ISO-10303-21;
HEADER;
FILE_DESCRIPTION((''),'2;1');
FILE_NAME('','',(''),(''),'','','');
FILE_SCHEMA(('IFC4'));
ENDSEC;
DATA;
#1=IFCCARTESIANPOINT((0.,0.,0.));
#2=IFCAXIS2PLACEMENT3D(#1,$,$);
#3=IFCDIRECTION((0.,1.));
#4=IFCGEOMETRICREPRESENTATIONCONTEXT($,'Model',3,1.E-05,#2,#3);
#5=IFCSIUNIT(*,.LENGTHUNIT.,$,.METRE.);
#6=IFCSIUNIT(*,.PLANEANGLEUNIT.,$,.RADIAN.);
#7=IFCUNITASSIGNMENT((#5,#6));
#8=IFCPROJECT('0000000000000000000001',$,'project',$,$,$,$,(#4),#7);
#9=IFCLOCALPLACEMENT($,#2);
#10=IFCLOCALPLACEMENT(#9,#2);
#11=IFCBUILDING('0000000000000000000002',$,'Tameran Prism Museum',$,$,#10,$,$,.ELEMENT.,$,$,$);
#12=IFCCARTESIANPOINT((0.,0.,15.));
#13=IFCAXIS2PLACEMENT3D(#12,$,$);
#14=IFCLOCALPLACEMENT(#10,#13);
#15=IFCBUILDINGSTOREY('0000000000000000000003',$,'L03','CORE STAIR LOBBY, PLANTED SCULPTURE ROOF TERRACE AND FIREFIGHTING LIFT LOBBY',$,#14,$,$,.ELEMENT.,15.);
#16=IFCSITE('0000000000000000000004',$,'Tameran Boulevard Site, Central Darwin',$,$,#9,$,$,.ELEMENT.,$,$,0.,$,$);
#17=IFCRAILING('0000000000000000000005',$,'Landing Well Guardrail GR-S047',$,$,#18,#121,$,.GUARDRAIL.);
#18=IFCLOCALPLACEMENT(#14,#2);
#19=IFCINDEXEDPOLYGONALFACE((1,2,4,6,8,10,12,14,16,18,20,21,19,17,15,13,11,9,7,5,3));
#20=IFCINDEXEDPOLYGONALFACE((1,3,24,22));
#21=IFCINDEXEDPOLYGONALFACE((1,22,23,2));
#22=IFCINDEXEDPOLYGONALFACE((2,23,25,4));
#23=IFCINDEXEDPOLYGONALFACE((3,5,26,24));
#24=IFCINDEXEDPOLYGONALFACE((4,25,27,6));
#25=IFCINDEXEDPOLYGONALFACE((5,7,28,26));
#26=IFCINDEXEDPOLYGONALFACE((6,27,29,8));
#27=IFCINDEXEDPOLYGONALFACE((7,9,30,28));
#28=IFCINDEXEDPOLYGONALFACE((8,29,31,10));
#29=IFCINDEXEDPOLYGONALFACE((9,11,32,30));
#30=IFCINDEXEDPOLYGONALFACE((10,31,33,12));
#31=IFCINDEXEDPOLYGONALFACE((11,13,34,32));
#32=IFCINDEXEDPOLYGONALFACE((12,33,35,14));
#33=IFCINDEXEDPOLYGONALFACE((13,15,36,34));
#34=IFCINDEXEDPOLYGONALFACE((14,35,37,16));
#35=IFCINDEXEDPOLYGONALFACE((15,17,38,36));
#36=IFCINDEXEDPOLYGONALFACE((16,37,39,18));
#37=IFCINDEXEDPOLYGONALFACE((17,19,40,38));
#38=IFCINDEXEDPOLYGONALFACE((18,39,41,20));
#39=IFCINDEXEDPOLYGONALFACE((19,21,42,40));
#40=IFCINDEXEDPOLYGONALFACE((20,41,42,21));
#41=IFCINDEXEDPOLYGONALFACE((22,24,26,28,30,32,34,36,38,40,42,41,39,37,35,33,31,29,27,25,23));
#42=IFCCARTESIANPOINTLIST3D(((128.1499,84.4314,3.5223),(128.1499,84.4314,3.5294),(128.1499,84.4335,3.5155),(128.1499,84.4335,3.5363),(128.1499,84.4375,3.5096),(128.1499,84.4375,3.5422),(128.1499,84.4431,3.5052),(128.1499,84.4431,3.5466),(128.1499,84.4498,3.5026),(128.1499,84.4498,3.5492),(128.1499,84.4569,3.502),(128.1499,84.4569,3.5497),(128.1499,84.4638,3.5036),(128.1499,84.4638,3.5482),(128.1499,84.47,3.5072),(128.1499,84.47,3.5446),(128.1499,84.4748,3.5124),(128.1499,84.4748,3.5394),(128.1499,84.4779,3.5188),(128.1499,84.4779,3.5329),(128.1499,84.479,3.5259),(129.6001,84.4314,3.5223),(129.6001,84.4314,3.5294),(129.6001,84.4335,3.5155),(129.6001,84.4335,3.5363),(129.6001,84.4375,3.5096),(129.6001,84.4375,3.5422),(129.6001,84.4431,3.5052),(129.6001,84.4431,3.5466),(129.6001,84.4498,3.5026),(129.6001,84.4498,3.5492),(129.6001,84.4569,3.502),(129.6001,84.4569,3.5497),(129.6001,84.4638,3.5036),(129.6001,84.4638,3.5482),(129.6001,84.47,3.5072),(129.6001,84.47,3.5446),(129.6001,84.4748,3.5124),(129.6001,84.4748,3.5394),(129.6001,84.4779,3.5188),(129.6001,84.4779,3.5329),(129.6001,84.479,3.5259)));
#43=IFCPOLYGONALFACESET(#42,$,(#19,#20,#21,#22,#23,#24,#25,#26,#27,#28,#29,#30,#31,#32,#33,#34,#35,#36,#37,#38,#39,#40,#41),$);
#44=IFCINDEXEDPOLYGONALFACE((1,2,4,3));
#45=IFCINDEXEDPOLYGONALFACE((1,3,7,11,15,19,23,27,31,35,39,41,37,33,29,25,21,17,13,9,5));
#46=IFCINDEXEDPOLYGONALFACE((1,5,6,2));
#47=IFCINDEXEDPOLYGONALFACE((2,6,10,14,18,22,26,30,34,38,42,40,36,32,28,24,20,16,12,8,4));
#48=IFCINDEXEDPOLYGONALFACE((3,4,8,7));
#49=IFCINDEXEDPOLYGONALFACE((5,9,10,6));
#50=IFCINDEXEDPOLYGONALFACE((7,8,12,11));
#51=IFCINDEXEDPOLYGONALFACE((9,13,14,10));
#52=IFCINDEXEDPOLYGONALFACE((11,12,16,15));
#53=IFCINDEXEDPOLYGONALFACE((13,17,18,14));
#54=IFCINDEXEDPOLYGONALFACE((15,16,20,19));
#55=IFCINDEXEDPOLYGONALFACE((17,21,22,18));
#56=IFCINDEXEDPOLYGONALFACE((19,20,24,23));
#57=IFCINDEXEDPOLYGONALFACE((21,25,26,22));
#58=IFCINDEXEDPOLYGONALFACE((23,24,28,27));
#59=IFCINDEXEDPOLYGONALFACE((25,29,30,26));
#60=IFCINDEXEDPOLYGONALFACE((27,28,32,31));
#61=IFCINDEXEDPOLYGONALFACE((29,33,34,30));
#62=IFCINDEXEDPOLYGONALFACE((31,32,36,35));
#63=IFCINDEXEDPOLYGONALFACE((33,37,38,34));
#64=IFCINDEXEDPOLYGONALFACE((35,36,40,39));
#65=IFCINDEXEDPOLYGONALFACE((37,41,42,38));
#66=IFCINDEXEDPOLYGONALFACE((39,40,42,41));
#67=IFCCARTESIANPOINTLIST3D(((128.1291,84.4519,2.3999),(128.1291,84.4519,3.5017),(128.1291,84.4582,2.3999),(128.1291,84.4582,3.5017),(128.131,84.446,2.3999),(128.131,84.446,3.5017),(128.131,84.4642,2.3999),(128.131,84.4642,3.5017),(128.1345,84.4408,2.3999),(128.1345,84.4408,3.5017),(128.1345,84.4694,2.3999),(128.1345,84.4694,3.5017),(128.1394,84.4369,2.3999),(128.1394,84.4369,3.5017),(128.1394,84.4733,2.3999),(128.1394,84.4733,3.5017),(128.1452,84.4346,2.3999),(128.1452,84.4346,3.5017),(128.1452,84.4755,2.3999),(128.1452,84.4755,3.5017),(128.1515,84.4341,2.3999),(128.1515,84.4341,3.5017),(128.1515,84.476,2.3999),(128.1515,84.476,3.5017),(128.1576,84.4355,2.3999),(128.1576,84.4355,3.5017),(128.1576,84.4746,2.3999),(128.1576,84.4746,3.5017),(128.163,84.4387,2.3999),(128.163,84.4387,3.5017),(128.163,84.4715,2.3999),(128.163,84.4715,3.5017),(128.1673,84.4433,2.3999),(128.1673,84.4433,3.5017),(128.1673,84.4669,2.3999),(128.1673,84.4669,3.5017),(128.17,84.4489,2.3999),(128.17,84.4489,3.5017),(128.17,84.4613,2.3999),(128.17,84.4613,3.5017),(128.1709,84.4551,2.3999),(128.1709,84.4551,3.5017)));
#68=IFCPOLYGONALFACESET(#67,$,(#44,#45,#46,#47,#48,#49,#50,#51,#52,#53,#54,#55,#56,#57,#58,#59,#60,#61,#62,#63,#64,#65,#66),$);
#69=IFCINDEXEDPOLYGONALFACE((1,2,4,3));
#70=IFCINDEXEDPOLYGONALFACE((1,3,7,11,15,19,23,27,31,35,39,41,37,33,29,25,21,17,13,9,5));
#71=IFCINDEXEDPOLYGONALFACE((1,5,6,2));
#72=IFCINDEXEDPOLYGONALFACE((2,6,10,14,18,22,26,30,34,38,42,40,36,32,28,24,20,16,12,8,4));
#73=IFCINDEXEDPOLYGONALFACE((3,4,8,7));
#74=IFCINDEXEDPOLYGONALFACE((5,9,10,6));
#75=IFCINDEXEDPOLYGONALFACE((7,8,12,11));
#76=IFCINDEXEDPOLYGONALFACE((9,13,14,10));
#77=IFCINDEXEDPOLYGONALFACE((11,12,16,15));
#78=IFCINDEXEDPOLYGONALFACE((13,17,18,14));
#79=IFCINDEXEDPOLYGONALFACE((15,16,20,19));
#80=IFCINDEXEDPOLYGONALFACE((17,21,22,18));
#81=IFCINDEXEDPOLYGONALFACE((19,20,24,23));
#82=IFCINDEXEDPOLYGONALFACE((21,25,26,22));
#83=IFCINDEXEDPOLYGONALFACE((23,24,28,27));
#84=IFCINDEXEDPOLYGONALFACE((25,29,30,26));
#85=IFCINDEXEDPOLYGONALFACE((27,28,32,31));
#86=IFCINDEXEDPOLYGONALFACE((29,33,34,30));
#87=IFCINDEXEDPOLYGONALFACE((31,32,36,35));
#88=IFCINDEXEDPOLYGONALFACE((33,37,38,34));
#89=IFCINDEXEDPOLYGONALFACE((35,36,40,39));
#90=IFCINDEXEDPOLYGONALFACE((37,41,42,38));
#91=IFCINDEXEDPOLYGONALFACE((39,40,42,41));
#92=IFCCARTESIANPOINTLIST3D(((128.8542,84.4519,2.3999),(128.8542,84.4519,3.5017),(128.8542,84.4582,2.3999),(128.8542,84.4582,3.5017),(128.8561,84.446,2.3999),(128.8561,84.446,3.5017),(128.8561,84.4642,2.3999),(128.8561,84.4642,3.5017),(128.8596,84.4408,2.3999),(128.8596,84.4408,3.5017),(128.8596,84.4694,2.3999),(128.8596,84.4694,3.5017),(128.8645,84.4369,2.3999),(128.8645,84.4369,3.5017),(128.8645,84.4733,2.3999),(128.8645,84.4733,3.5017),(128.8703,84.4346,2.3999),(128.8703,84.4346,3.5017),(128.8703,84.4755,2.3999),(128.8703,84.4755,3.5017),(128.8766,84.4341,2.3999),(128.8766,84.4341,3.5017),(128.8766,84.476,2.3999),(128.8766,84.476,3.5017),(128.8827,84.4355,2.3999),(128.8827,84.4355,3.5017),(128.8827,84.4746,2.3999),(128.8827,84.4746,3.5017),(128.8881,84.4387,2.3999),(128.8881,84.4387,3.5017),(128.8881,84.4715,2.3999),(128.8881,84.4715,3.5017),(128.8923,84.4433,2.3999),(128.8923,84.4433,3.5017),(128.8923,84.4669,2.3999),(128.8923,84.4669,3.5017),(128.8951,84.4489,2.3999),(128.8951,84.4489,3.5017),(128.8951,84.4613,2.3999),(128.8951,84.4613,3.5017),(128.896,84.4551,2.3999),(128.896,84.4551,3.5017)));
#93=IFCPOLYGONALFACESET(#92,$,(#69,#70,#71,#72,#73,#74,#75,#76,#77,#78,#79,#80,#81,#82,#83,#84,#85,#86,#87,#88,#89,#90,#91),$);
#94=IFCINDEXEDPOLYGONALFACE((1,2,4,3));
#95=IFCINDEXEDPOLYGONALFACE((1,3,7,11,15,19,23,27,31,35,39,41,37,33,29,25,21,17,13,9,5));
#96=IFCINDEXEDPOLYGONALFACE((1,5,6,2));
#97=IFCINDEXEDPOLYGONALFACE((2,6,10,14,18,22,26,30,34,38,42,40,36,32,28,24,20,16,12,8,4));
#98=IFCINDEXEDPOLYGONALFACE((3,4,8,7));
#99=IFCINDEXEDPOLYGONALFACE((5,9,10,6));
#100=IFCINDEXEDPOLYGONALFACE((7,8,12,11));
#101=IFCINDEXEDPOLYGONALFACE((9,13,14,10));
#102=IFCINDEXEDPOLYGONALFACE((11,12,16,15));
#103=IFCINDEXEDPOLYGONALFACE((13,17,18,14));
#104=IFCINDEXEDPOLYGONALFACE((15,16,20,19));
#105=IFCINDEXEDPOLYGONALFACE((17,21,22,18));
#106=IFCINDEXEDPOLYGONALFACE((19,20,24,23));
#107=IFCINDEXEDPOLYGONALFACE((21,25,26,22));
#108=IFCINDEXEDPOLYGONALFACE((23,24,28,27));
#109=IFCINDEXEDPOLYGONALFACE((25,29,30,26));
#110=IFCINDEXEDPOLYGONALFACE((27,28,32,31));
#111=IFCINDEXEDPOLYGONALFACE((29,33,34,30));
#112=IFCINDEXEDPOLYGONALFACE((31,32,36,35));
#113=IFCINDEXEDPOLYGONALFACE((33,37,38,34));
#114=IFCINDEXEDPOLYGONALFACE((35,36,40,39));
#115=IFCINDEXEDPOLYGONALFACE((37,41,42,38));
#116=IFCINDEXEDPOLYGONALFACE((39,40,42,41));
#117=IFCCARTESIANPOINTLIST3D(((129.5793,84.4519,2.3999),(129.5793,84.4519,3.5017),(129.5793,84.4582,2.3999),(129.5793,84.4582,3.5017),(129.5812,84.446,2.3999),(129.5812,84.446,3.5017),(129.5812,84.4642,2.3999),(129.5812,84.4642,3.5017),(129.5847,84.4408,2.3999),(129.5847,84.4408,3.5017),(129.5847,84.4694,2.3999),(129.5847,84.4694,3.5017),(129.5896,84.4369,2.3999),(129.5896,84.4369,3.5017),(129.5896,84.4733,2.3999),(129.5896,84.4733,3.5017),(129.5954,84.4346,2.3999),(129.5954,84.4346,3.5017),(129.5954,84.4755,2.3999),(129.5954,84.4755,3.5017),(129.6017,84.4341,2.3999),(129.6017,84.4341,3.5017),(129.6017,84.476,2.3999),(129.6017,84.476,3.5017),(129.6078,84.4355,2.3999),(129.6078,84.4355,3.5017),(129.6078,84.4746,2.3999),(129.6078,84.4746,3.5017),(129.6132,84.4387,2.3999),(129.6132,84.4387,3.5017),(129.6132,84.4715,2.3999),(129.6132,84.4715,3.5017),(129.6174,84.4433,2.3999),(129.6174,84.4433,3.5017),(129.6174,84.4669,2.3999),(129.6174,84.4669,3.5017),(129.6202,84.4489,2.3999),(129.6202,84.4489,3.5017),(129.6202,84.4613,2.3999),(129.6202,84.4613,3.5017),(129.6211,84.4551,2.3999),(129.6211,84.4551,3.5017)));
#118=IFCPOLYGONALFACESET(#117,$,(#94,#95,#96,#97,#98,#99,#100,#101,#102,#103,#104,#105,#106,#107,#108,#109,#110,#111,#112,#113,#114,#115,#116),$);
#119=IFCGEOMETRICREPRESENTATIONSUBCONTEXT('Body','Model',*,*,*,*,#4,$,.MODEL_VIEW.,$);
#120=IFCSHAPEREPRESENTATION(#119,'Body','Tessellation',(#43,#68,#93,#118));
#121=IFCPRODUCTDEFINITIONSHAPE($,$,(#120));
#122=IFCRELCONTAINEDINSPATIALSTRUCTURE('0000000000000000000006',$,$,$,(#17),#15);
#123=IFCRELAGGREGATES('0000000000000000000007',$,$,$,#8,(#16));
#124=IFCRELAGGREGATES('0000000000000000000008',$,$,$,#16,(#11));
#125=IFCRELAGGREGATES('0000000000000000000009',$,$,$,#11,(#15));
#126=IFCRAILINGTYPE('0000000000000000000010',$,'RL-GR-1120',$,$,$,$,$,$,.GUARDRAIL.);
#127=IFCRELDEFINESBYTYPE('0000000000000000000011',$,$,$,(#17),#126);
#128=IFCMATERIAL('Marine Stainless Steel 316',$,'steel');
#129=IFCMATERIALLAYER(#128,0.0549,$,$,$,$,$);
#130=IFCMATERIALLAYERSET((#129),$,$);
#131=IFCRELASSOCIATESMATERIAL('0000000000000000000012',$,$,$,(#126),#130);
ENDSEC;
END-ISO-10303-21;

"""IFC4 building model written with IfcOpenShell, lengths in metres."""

from ifc_helpers import new_model, si_unit, direction, frame, origin, origin_2d, place, context, subcontext, project, spatial, circle, extrude, material, layer, layer_set, type_object, element, save


model = new_model("IFC4")

# Units and contexts
model_context = context("Model", 3, precision=1e-05, world=origin(), true_north=direction((0.0, 1.0)))
body_context = subcontext(model_context, "Body", "Model", "MODEL_VIEW")
ifc_project = project(units=[si_unit("LENGTHUNIT", "METRE"), si_unit("PLANEANGLEUNIT", "RADIAN")], contexts=[model_context])

# Site, building, storey
site_placement = place(None, origin())
site = spatial("IfcSite", under=ifc_project, at=site_placement, Name="Tameran Boulevard Site, Central Darwin", CompositionType="ELEMENT", RefElevation=0.0)
building_placement = place(site_placement, origin())
building = spatial("IfcBuilding", under=site, at=building_placement, Name="Tameran Prism Museum", CompositionType="ELEMENT")
storey_placement = place(building_placement, frame((0.0, 0.0, 15.0)))
storey = spatial("IfcBuildingStorey", under=building, at=storey_placement, Name="L03", Description="CORE STAIR LOBBY, PLANTED SCULPTURE ROOF TERRACE AND FIREFIGHTING LIFT LOBBY", CompositionType="ELEMENT", Elevation=15.0)

# Railing
ifc_material_1 = material(Name="Marine Stainless Steel 316", Category="steel")
ifc_layer_1 = layer(ifc_material_1, 0.0549)
ifc_layer_set_1 = layer_set([ifc_layer_1])
railing_type_1 = type_object("IfcRailingType", Name="RL-GR-1120", PredefinedType="GUARDRAIL", material=ifc_layer_set_1)
railing_1_placement = place(storey_placement, frame((128.1499, 84.4551, 2.3999)))
element("IfcRailing", 1, at=railing_1_placement, inside=storey, type_object=railing_type_1, Name="Landing Well Guardrail GR-S047", PredefinedType="GUARDRAIL", context=body_context, shape_type="SweptSolid", body=[
    extrude(circle(Radius=0.0239, at=origin_2d()), frame((0.0, 0.0, 1.126), z_axis=(1.0, 0.0, 0.0), x_axis=(0.0, 1.0, 0.0)), (0.0, 0.0, 1.0), 1.4502),
    extrude(circle(Radius=0.021, at=origin_2d()), origin(), (0.0, 0.0, 1.0), 1.1018),
    extrude(circle(Radius=0.021, at=origin_2d()), frame((0.7251, 0.0, 0.0)), (0.0, 0.0, 1.0), 1.1018),
    extrude(circle(Radius=0.021, at=origin_2d()), frame((1.4502, 0.0, 0.0)), (0.0, 0.0, 1.0), 1.1018),
])

save(model, "model.ifc")
